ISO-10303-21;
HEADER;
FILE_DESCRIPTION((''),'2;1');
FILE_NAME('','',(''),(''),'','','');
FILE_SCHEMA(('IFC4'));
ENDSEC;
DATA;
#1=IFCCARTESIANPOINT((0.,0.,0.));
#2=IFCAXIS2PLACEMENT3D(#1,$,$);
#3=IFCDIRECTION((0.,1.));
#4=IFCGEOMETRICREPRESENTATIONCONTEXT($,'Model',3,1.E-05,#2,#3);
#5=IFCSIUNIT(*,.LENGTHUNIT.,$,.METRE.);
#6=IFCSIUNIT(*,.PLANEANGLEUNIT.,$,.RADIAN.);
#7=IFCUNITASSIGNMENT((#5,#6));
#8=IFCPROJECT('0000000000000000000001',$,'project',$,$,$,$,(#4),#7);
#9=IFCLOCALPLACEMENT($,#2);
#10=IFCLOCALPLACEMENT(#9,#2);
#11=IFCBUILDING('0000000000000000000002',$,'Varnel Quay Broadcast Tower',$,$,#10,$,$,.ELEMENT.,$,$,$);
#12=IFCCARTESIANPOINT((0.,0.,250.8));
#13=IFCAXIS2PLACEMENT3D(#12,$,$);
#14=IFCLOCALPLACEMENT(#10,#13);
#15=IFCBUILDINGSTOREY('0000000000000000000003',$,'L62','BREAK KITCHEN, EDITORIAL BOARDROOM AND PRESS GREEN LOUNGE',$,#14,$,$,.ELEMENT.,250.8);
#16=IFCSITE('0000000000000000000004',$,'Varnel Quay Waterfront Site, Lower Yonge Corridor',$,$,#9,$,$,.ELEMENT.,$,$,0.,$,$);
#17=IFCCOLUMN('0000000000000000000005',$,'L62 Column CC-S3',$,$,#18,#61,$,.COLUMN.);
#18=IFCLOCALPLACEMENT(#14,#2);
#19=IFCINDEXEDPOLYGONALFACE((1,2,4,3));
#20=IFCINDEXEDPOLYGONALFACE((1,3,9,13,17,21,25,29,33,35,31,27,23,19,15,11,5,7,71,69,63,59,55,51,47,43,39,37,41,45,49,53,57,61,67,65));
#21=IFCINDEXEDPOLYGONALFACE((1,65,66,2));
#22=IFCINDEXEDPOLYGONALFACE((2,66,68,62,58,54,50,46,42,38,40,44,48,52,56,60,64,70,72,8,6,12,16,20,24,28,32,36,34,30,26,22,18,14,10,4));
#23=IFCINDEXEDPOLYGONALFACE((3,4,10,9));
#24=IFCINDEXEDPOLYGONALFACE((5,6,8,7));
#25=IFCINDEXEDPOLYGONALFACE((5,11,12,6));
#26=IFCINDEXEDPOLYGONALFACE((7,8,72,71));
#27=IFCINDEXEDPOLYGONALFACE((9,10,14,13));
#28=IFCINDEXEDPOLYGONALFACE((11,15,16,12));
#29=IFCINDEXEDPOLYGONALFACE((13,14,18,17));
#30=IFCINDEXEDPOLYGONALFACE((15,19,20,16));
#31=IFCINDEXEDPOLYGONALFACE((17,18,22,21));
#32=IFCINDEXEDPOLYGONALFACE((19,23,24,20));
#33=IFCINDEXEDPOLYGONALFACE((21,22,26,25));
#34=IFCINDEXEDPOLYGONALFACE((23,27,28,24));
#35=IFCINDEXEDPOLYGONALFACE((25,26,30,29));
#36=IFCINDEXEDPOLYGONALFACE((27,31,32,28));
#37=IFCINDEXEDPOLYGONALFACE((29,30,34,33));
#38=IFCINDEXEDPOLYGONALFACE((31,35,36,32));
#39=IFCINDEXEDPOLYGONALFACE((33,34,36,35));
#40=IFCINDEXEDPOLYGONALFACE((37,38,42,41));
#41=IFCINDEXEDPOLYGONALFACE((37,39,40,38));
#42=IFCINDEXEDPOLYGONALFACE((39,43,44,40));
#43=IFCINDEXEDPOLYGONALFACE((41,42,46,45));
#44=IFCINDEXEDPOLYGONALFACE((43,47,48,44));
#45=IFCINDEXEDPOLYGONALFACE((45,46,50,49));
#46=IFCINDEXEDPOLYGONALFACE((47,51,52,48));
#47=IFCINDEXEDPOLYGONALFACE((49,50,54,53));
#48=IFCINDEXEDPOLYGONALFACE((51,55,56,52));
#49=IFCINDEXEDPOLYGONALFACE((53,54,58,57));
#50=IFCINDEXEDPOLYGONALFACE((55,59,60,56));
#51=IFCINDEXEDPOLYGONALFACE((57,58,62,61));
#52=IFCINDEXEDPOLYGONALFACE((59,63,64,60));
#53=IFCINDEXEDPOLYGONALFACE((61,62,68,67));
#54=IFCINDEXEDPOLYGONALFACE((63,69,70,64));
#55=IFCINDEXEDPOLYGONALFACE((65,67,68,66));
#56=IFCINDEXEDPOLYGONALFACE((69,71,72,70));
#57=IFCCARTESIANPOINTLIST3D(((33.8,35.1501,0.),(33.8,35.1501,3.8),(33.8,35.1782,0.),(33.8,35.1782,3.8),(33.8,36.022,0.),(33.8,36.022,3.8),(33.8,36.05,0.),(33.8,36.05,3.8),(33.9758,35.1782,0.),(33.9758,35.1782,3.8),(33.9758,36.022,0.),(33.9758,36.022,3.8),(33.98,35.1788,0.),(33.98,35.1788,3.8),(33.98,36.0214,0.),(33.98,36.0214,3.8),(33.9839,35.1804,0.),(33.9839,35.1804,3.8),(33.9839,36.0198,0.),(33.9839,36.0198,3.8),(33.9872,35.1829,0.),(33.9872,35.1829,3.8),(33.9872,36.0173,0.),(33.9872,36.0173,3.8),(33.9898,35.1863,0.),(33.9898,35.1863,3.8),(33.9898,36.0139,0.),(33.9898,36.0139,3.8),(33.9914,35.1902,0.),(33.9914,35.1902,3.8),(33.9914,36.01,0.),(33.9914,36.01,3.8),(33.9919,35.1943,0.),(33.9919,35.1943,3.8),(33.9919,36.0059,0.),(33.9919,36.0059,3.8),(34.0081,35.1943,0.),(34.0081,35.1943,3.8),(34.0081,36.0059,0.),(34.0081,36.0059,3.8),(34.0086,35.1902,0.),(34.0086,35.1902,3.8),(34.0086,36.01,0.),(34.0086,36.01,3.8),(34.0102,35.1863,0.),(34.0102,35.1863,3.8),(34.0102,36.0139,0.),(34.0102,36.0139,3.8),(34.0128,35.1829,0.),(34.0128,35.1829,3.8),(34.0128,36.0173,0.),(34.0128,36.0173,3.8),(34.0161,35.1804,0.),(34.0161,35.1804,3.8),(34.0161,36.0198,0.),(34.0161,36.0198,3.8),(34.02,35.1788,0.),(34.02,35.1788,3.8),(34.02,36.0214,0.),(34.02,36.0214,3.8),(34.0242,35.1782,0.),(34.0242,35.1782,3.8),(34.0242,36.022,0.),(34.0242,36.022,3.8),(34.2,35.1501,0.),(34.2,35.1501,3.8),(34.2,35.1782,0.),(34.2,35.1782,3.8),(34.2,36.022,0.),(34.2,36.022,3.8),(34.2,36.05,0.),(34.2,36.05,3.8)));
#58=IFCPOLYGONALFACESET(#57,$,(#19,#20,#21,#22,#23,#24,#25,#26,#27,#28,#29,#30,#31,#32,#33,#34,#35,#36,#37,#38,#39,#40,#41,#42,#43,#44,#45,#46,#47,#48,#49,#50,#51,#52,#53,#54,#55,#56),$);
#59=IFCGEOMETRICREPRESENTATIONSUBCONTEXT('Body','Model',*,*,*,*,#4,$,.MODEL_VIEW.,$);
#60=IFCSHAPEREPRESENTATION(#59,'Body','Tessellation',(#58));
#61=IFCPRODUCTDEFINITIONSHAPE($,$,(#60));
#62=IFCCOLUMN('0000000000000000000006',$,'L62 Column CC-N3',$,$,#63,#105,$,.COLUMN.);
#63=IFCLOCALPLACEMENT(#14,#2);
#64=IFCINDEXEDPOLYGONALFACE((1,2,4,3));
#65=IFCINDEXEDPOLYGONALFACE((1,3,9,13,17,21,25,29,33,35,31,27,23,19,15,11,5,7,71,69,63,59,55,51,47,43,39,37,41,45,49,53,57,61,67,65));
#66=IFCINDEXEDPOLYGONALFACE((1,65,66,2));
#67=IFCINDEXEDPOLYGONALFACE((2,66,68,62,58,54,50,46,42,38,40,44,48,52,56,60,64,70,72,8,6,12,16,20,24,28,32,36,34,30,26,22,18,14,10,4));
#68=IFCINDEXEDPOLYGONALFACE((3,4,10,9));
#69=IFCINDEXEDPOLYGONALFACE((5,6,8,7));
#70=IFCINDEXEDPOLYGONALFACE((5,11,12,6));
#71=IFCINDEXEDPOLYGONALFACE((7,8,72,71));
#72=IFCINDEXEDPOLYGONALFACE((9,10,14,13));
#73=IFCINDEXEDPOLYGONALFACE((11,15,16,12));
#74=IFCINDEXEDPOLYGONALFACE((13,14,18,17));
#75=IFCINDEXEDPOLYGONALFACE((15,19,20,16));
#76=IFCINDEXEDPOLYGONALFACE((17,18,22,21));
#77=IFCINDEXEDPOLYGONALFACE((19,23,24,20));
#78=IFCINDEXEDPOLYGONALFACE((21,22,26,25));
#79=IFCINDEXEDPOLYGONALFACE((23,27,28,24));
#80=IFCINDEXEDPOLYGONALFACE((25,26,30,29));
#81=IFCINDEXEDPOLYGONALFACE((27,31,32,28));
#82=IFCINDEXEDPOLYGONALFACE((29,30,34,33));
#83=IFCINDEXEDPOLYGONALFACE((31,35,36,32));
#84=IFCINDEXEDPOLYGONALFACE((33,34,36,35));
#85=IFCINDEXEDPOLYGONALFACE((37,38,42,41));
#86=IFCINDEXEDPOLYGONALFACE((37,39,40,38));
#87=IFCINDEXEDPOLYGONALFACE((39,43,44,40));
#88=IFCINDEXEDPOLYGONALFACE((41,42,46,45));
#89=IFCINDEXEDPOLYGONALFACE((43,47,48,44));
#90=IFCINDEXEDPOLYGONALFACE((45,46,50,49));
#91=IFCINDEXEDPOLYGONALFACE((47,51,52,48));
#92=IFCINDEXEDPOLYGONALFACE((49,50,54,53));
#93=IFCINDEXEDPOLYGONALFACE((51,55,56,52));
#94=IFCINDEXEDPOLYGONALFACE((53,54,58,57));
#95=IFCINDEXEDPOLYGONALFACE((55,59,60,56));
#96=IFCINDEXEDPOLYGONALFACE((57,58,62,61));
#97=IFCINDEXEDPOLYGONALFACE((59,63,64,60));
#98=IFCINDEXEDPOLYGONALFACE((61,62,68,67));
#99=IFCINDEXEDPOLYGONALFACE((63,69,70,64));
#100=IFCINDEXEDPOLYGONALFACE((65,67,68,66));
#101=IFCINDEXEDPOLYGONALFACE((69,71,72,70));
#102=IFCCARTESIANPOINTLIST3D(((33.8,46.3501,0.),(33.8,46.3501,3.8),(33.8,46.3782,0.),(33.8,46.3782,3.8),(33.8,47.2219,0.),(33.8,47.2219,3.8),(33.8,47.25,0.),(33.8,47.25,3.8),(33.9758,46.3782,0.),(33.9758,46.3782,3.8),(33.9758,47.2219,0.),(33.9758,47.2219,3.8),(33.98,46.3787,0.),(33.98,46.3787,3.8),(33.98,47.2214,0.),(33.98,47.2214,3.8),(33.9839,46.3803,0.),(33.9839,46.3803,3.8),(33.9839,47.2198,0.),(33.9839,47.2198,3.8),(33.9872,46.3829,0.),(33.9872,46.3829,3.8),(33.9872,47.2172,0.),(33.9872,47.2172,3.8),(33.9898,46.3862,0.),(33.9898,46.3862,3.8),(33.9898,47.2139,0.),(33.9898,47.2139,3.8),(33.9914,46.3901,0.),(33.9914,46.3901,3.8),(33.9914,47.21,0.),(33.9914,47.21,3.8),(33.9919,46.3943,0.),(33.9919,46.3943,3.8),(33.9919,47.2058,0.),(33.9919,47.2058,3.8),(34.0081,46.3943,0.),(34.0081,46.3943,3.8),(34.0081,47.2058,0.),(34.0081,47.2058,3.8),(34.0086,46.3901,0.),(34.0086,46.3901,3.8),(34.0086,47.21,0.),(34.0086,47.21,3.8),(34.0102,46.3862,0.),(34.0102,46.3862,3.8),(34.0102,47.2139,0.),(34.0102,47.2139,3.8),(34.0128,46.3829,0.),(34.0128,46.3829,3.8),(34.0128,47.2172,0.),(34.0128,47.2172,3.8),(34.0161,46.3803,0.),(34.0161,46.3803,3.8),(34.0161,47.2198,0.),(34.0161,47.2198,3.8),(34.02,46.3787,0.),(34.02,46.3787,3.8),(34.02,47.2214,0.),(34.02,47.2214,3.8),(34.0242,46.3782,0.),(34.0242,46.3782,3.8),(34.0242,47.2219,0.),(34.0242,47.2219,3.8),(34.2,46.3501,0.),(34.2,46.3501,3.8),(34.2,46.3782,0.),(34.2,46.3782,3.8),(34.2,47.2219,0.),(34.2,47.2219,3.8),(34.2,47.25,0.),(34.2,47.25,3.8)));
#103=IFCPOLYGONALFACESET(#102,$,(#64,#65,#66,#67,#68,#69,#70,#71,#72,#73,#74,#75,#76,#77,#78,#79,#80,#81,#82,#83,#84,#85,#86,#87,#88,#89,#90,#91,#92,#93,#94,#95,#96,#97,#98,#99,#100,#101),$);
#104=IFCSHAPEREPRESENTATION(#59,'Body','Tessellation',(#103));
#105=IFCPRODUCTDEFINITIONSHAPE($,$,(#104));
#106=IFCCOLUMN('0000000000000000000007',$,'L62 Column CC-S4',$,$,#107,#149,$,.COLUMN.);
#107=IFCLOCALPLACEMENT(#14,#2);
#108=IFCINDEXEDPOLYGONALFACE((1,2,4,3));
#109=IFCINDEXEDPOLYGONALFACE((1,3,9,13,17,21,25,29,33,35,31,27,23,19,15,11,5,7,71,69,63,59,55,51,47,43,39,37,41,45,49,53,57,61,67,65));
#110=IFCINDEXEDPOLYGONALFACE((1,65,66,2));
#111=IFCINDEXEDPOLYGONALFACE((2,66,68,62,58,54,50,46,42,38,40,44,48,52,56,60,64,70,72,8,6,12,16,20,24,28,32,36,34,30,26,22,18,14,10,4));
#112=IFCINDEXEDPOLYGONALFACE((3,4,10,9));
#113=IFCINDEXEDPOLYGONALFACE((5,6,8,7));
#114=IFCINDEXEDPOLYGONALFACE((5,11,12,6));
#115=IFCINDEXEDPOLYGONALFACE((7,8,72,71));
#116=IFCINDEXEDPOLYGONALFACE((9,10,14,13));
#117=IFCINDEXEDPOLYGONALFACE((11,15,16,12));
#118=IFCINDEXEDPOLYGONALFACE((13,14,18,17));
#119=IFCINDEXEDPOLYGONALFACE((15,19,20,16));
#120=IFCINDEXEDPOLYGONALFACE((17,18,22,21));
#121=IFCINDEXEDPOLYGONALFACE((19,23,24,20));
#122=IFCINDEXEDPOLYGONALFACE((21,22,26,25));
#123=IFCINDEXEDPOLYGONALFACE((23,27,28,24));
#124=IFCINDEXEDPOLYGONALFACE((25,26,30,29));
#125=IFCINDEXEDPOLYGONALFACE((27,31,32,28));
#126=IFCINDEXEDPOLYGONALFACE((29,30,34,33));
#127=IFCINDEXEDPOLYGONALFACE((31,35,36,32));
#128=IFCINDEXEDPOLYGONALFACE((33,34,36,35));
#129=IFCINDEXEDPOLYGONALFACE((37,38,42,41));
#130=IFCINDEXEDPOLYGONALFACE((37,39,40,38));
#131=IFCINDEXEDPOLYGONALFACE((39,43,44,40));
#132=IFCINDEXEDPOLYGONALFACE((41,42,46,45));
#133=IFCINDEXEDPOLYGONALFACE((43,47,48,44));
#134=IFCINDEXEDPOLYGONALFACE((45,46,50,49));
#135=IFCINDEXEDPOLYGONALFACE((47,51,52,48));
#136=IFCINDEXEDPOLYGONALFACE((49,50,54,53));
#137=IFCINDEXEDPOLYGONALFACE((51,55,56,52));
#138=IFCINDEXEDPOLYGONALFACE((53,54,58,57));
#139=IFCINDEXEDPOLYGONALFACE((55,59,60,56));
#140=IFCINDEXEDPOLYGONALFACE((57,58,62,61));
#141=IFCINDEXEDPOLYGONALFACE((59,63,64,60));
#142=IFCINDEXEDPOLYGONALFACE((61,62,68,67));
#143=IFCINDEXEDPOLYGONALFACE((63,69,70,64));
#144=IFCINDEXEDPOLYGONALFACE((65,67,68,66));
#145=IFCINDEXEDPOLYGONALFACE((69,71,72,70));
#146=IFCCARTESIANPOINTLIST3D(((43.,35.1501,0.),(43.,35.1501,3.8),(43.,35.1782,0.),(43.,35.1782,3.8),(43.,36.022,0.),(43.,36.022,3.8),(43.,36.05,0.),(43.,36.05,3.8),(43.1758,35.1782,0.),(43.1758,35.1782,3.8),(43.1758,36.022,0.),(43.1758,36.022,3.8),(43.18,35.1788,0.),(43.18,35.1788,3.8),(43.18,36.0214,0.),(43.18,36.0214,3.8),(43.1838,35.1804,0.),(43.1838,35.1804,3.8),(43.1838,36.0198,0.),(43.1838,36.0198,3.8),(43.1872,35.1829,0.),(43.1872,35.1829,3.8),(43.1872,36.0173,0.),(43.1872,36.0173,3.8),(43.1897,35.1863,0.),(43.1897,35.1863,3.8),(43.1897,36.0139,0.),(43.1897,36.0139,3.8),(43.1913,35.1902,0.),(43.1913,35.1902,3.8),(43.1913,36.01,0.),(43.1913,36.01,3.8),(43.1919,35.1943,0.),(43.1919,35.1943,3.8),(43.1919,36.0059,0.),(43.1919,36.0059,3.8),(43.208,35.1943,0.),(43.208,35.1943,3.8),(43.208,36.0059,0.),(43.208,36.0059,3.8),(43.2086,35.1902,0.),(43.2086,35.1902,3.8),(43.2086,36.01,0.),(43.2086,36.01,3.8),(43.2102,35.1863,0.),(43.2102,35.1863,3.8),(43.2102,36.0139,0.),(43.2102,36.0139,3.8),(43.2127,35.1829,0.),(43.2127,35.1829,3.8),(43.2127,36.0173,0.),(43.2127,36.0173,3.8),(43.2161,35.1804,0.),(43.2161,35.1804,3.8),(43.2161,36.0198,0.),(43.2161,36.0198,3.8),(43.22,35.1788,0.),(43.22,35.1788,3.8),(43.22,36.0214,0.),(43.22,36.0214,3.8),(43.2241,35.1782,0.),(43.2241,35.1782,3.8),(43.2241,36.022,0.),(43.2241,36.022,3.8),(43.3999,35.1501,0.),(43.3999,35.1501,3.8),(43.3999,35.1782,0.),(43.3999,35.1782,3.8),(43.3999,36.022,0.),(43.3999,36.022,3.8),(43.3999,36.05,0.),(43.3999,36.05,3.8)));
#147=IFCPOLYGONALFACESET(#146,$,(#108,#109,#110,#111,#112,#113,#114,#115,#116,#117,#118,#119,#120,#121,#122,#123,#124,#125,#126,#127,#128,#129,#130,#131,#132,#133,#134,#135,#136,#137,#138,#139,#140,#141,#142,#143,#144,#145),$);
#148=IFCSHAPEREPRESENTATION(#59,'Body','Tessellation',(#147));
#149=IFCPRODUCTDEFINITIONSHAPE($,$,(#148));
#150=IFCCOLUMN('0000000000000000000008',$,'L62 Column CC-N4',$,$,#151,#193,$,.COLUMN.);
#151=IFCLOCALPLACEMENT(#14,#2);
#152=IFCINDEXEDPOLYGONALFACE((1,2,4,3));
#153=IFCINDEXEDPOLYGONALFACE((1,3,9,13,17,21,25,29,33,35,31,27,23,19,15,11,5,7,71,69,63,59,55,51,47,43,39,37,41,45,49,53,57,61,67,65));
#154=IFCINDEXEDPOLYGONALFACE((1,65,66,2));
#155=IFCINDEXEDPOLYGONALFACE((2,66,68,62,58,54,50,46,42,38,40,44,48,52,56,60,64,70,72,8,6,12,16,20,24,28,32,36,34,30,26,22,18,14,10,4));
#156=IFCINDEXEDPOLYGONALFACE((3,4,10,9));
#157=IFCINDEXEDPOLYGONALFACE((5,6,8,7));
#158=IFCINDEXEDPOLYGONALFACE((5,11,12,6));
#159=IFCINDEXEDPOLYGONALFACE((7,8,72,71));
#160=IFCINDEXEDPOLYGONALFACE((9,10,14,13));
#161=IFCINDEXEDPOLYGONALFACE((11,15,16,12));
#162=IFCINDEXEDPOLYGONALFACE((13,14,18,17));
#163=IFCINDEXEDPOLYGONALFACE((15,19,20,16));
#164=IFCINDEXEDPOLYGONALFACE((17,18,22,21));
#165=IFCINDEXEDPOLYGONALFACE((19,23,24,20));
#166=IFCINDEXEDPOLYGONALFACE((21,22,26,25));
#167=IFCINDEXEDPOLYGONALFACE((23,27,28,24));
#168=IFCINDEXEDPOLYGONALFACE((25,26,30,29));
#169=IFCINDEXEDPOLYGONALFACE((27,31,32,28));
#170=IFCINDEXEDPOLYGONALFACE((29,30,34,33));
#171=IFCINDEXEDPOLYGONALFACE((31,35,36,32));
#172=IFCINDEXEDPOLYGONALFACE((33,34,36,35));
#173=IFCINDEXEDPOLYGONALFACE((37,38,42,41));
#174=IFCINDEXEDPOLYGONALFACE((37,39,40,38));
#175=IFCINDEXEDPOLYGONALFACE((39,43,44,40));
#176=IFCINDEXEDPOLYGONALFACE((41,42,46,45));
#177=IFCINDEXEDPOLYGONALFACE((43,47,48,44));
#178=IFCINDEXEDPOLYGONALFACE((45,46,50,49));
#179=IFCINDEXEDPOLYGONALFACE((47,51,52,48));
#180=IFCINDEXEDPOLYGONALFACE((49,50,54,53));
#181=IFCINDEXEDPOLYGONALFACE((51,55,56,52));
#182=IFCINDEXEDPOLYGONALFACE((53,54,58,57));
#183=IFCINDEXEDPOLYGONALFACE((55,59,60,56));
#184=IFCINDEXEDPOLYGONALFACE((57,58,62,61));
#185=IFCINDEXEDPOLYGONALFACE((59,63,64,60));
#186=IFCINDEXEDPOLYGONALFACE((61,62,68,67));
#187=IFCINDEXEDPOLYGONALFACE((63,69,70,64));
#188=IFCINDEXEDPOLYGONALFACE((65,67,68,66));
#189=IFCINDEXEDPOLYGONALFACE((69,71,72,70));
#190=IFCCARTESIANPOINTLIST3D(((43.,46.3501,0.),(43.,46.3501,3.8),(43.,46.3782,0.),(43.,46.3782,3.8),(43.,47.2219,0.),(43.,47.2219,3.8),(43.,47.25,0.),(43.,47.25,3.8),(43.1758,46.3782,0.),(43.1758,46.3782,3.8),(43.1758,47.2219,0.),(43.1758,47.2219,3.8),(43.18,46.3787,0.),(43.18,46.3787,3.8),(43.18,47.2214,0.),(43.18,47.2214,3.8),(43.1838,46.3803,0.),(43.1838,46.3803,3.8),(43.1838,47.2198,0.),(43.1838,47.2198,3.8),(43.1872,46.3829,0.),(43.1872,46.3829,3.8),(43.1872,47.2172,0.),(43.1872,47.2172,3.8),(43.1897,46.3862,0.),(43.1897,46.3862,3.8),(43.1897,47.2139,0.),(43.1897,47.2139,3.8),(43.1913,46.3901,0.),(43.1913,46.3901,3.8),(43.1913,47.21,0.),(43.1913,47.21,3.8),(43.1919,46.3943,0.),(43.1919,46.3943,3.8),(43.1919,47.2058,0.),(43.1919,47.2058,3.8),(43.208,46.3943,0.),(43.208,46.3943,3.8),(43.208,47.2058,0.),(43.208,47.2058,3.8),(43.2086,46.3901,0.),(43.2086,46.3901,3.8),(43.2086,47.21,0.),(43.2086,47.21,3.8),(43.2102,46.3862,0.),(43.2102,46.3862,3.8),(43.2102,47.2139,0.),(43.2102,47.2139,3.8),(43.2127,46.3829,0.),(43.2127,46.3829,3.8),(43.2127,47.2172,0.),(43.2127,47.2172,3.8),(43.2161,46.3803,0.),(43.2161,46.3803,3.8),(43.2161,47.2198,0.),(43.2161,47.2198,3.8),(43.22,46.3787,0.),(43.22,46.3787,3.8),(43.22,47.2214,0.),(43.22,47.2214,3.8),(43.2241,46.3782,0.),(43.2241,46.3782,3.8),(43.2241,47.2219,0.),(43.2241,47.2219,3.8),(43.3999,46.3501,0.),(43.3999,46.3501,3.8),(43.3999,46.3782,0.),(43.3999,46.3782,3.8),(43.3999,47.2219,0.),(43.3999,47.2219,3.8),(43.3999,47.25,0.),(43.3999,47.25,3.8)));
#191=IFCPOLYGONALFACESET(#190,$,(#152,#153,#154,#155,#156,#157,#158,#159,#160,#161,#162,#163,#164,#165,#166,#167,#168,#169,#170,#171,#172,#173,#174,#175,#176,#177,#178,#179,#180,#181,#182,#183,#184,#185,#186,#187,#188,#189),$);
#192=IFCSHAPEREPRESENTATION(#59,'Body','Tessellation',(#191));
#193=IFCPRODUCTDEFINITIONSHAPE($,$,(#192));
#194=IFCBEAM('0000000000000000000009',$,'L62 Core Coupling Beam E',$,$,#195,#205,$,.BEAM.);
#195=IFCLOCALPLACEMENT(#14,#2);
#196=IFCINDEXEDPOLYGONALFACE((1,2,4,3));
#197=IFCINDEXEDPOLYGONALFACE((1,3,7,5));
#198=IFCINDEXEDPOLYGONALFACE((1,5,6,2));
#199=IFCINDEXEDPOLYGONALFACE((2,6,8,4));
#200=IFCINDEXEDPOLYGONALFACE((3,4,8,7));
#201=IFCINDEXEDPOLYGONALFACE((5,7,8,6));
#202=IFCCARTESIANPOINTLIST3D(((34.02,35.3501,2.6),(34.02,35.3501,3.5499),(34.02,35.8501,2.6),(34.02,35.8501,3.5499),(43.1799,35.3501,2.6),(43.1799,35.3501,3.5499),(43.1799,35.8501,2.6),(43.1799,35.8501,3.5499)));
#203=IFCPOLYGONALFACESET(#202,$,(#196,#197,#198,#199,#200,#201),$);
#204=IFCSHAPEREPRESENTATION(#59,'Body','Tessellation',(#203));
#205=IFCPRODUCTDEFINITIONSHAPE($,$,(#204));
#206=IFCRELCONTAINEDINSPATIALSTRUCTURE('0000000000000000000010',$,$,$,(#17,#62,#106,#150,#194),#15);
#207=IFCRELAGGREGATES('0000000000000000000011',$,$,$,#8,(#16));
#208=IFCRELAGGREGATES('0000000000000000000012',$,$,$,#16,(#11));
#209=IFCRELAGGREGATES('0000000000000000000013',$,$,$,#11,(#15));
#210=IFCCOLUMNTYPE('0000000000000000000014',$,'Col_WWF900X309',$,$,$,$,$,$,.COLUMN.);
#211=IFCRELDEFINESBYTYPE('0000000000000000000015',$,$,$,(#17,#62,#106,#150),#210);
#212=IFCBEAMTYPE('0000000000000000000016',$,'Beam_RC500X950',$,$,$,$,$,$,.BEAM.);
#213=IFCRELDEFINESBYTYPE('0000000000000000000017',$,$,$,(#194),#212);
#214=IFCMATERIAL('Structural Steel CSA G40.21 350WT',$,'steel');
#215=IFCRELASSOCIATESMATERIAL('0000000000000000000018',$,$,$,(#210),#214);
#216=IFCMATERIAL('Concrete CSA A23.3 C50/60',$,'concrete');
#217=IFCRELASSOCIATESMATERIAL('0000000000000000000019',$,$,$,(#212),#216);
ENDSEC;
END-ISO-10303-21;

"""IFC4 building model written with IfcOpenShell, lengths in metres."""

from ifc_helpers import new_model, si_unit, direction, frame, origin, origin_2d, place, context, subcontext, project, spatial, rectangle, i_section, extrude, source, transform, mapped, material, material_profile, profile_set, type_object, type_shapes, element, save


model = new_model("IFC4")

# Units and contexts
model_context = context("Model", 3, precision=1e-05, world=origin(), true_north=direction((0.0, 1.0)))
body_context = subcontext(model_context, "Body", "Model", "MODEL_VIEW")
ifc_project = project(units=[si_unit("LENGTHUNIT", "METRE"), si_unit("PLANEANGLEUNIT", "RADIAN")], contexts=[model_context])

# Site, building, storey
site_placement = place(None, origin())
site = spatial("IfcSite", under=ifc_project, at=site_placement, Name="Varnel Quay Waterfront Site, Lower Yonge Corridor", CompositionType="ELEMENT", RefElevation=0.0)
building_placement = place(site_placement, origin())
building = spatial("IfcBuilding", under=site, at=building_placement, Name="Varnel Quay Broadcast Tower", CompositionType="ELEMENT")
storey_placement = place(building_placement, frame((0.0, 0.0, 250.8)))
storey = spatial("IfcBuildingStorey", under=building, at=storey_placement, Name="L62", Description="BREAK KITCHEN, EDITORIAL BOARDROOM AND PRESS GREEN LOUNGE", CompositionType="ELEMENT", Elevation=250.8)

# Columns
ifc_material_1 = material(Name="Structural Steel CSA G40.21 350WT", Category="steel")
ifc_material_profile_1 = material_profile(ifc_material_1, i_section(OverallWidth=0.3999, OverallDepth=0.8999, WebThickness=0.0161, FlangeThickness=0.0281, FilletRadius=0.0161, at=origin_2d()), Name="WWF900X309")
ifc_profile_set_1 = profile_set([ifc_material_profile_1], Name="Structural Steel CSA G40.21 350WT")
column_type = type_object("IfcColumnType", Name="Col_WWF900X309", PredefinedType="COLUMN", material=ifc_profile_set_1)
shared_shape_1 = source(origin(), body_context, "Body", "SweptSolid", [
    extrude(i_section(OverallWidth=0.3999, OverallDepth=0.8999, WebThickness=0.0161, FlangeThickness=0.0281, FilletRadius=0.0161, at=origin_2d()), origin(), (0.0, 0.0, 1.0), 3.8),
])
type_shapes(column_type, [shared_shape_1])
for number, where, z_axis, x_axis, name in (
    (1, (34.0, 35.6001, 0.0), (0.0, 0.0, 1.0), (1.0, 0.0, 0.0), "L62 Column CC-S3"),
    (2, (34.0, 46.8, 0.0), (0.0, 0.0, 1.0), (1.0, 0.0, 0.0), "L62 Column CC-N3"),
    (3, (43.2, 35.6001, 0.0), (0.0, 0.0, 1.0), (1.0, 0.0, 0.0), "L62 Column CC-S4"),
    (4, (43.2, 46.8, 0.0), (0.0, 0.0, 1.0), (1.0, 0.0, 0.0), "L62 Column CC-N4"),
):
    element("IfcColumn", number, at=place(storey_placement, frame(where, z_axis=z_axis, x_axis=x_axis)), inside=storey, type_object=column_type, Name=name, PredefinedType="COLUMN", context=body_context, shape_type="MappedRepresentation", body=[
        mapped(shared_shape_1, transform((0.0, 0.0, 0.0), x_axis=(1.0, 0.0, 0.0), y_axis=(0.0, 1.0, 0.0), z_axis=(0.0, 0.0, 1.0), scale=1.0)),
    ])

# Beam
ifc_material_2 = material(Name="Concrete CSA A23.3 C50/60", Category="concrete")
ifc_material_profile_2 = material_profile(ifc_material_2, rectangle(XDim=0.5, YDim=0.95, at=origin_2d()), Name="RC500X950")
ifc_profile_set_2 = profile_set([ifc_material_profile_2], Name="Concrete CSA A23.3 C50/60")
beam_type = type_object("IfcBeamType", Name="Beam_RC500X950", PredefinedType="BEAM", material=ifc_profile_set_2)
shared_shape_2 = source(origin(), body_context, "Body", "SweptSolid", [
    extrude(rectangle(XDim=0.5, YDim=0.95, at=origin_2d()), origin(), (0.0, 0.0, 1.0), 9.1599),
])
type_shapes(beam_type, [shared_shape_2])
beam_placement = place(storey_placement, frame((34.02, 35.6001, 3.075), z_axis=(1.0, 0.0, 0.0), x_axis=(0.0, 1.0, 0.0)))
element("IfcBeam", 5, at=beam_placement, inside=storey, type_object=beam_type, Name="L62 Core Coupling Beam E", PredefinedType="BEAM", context=body_context, shape_type="MappedRepresentation", body=[
    mapped(shared_shape_2, transform((0.0, 0.0, 0.0), x_axis=(1.0, 0.0, 0.0), y_axis=(0.0, 1.0, 0.0), z_axis=(0.0, 0.0, 1.0), scale=1.0)),
])

save(model, "model.ifc")
